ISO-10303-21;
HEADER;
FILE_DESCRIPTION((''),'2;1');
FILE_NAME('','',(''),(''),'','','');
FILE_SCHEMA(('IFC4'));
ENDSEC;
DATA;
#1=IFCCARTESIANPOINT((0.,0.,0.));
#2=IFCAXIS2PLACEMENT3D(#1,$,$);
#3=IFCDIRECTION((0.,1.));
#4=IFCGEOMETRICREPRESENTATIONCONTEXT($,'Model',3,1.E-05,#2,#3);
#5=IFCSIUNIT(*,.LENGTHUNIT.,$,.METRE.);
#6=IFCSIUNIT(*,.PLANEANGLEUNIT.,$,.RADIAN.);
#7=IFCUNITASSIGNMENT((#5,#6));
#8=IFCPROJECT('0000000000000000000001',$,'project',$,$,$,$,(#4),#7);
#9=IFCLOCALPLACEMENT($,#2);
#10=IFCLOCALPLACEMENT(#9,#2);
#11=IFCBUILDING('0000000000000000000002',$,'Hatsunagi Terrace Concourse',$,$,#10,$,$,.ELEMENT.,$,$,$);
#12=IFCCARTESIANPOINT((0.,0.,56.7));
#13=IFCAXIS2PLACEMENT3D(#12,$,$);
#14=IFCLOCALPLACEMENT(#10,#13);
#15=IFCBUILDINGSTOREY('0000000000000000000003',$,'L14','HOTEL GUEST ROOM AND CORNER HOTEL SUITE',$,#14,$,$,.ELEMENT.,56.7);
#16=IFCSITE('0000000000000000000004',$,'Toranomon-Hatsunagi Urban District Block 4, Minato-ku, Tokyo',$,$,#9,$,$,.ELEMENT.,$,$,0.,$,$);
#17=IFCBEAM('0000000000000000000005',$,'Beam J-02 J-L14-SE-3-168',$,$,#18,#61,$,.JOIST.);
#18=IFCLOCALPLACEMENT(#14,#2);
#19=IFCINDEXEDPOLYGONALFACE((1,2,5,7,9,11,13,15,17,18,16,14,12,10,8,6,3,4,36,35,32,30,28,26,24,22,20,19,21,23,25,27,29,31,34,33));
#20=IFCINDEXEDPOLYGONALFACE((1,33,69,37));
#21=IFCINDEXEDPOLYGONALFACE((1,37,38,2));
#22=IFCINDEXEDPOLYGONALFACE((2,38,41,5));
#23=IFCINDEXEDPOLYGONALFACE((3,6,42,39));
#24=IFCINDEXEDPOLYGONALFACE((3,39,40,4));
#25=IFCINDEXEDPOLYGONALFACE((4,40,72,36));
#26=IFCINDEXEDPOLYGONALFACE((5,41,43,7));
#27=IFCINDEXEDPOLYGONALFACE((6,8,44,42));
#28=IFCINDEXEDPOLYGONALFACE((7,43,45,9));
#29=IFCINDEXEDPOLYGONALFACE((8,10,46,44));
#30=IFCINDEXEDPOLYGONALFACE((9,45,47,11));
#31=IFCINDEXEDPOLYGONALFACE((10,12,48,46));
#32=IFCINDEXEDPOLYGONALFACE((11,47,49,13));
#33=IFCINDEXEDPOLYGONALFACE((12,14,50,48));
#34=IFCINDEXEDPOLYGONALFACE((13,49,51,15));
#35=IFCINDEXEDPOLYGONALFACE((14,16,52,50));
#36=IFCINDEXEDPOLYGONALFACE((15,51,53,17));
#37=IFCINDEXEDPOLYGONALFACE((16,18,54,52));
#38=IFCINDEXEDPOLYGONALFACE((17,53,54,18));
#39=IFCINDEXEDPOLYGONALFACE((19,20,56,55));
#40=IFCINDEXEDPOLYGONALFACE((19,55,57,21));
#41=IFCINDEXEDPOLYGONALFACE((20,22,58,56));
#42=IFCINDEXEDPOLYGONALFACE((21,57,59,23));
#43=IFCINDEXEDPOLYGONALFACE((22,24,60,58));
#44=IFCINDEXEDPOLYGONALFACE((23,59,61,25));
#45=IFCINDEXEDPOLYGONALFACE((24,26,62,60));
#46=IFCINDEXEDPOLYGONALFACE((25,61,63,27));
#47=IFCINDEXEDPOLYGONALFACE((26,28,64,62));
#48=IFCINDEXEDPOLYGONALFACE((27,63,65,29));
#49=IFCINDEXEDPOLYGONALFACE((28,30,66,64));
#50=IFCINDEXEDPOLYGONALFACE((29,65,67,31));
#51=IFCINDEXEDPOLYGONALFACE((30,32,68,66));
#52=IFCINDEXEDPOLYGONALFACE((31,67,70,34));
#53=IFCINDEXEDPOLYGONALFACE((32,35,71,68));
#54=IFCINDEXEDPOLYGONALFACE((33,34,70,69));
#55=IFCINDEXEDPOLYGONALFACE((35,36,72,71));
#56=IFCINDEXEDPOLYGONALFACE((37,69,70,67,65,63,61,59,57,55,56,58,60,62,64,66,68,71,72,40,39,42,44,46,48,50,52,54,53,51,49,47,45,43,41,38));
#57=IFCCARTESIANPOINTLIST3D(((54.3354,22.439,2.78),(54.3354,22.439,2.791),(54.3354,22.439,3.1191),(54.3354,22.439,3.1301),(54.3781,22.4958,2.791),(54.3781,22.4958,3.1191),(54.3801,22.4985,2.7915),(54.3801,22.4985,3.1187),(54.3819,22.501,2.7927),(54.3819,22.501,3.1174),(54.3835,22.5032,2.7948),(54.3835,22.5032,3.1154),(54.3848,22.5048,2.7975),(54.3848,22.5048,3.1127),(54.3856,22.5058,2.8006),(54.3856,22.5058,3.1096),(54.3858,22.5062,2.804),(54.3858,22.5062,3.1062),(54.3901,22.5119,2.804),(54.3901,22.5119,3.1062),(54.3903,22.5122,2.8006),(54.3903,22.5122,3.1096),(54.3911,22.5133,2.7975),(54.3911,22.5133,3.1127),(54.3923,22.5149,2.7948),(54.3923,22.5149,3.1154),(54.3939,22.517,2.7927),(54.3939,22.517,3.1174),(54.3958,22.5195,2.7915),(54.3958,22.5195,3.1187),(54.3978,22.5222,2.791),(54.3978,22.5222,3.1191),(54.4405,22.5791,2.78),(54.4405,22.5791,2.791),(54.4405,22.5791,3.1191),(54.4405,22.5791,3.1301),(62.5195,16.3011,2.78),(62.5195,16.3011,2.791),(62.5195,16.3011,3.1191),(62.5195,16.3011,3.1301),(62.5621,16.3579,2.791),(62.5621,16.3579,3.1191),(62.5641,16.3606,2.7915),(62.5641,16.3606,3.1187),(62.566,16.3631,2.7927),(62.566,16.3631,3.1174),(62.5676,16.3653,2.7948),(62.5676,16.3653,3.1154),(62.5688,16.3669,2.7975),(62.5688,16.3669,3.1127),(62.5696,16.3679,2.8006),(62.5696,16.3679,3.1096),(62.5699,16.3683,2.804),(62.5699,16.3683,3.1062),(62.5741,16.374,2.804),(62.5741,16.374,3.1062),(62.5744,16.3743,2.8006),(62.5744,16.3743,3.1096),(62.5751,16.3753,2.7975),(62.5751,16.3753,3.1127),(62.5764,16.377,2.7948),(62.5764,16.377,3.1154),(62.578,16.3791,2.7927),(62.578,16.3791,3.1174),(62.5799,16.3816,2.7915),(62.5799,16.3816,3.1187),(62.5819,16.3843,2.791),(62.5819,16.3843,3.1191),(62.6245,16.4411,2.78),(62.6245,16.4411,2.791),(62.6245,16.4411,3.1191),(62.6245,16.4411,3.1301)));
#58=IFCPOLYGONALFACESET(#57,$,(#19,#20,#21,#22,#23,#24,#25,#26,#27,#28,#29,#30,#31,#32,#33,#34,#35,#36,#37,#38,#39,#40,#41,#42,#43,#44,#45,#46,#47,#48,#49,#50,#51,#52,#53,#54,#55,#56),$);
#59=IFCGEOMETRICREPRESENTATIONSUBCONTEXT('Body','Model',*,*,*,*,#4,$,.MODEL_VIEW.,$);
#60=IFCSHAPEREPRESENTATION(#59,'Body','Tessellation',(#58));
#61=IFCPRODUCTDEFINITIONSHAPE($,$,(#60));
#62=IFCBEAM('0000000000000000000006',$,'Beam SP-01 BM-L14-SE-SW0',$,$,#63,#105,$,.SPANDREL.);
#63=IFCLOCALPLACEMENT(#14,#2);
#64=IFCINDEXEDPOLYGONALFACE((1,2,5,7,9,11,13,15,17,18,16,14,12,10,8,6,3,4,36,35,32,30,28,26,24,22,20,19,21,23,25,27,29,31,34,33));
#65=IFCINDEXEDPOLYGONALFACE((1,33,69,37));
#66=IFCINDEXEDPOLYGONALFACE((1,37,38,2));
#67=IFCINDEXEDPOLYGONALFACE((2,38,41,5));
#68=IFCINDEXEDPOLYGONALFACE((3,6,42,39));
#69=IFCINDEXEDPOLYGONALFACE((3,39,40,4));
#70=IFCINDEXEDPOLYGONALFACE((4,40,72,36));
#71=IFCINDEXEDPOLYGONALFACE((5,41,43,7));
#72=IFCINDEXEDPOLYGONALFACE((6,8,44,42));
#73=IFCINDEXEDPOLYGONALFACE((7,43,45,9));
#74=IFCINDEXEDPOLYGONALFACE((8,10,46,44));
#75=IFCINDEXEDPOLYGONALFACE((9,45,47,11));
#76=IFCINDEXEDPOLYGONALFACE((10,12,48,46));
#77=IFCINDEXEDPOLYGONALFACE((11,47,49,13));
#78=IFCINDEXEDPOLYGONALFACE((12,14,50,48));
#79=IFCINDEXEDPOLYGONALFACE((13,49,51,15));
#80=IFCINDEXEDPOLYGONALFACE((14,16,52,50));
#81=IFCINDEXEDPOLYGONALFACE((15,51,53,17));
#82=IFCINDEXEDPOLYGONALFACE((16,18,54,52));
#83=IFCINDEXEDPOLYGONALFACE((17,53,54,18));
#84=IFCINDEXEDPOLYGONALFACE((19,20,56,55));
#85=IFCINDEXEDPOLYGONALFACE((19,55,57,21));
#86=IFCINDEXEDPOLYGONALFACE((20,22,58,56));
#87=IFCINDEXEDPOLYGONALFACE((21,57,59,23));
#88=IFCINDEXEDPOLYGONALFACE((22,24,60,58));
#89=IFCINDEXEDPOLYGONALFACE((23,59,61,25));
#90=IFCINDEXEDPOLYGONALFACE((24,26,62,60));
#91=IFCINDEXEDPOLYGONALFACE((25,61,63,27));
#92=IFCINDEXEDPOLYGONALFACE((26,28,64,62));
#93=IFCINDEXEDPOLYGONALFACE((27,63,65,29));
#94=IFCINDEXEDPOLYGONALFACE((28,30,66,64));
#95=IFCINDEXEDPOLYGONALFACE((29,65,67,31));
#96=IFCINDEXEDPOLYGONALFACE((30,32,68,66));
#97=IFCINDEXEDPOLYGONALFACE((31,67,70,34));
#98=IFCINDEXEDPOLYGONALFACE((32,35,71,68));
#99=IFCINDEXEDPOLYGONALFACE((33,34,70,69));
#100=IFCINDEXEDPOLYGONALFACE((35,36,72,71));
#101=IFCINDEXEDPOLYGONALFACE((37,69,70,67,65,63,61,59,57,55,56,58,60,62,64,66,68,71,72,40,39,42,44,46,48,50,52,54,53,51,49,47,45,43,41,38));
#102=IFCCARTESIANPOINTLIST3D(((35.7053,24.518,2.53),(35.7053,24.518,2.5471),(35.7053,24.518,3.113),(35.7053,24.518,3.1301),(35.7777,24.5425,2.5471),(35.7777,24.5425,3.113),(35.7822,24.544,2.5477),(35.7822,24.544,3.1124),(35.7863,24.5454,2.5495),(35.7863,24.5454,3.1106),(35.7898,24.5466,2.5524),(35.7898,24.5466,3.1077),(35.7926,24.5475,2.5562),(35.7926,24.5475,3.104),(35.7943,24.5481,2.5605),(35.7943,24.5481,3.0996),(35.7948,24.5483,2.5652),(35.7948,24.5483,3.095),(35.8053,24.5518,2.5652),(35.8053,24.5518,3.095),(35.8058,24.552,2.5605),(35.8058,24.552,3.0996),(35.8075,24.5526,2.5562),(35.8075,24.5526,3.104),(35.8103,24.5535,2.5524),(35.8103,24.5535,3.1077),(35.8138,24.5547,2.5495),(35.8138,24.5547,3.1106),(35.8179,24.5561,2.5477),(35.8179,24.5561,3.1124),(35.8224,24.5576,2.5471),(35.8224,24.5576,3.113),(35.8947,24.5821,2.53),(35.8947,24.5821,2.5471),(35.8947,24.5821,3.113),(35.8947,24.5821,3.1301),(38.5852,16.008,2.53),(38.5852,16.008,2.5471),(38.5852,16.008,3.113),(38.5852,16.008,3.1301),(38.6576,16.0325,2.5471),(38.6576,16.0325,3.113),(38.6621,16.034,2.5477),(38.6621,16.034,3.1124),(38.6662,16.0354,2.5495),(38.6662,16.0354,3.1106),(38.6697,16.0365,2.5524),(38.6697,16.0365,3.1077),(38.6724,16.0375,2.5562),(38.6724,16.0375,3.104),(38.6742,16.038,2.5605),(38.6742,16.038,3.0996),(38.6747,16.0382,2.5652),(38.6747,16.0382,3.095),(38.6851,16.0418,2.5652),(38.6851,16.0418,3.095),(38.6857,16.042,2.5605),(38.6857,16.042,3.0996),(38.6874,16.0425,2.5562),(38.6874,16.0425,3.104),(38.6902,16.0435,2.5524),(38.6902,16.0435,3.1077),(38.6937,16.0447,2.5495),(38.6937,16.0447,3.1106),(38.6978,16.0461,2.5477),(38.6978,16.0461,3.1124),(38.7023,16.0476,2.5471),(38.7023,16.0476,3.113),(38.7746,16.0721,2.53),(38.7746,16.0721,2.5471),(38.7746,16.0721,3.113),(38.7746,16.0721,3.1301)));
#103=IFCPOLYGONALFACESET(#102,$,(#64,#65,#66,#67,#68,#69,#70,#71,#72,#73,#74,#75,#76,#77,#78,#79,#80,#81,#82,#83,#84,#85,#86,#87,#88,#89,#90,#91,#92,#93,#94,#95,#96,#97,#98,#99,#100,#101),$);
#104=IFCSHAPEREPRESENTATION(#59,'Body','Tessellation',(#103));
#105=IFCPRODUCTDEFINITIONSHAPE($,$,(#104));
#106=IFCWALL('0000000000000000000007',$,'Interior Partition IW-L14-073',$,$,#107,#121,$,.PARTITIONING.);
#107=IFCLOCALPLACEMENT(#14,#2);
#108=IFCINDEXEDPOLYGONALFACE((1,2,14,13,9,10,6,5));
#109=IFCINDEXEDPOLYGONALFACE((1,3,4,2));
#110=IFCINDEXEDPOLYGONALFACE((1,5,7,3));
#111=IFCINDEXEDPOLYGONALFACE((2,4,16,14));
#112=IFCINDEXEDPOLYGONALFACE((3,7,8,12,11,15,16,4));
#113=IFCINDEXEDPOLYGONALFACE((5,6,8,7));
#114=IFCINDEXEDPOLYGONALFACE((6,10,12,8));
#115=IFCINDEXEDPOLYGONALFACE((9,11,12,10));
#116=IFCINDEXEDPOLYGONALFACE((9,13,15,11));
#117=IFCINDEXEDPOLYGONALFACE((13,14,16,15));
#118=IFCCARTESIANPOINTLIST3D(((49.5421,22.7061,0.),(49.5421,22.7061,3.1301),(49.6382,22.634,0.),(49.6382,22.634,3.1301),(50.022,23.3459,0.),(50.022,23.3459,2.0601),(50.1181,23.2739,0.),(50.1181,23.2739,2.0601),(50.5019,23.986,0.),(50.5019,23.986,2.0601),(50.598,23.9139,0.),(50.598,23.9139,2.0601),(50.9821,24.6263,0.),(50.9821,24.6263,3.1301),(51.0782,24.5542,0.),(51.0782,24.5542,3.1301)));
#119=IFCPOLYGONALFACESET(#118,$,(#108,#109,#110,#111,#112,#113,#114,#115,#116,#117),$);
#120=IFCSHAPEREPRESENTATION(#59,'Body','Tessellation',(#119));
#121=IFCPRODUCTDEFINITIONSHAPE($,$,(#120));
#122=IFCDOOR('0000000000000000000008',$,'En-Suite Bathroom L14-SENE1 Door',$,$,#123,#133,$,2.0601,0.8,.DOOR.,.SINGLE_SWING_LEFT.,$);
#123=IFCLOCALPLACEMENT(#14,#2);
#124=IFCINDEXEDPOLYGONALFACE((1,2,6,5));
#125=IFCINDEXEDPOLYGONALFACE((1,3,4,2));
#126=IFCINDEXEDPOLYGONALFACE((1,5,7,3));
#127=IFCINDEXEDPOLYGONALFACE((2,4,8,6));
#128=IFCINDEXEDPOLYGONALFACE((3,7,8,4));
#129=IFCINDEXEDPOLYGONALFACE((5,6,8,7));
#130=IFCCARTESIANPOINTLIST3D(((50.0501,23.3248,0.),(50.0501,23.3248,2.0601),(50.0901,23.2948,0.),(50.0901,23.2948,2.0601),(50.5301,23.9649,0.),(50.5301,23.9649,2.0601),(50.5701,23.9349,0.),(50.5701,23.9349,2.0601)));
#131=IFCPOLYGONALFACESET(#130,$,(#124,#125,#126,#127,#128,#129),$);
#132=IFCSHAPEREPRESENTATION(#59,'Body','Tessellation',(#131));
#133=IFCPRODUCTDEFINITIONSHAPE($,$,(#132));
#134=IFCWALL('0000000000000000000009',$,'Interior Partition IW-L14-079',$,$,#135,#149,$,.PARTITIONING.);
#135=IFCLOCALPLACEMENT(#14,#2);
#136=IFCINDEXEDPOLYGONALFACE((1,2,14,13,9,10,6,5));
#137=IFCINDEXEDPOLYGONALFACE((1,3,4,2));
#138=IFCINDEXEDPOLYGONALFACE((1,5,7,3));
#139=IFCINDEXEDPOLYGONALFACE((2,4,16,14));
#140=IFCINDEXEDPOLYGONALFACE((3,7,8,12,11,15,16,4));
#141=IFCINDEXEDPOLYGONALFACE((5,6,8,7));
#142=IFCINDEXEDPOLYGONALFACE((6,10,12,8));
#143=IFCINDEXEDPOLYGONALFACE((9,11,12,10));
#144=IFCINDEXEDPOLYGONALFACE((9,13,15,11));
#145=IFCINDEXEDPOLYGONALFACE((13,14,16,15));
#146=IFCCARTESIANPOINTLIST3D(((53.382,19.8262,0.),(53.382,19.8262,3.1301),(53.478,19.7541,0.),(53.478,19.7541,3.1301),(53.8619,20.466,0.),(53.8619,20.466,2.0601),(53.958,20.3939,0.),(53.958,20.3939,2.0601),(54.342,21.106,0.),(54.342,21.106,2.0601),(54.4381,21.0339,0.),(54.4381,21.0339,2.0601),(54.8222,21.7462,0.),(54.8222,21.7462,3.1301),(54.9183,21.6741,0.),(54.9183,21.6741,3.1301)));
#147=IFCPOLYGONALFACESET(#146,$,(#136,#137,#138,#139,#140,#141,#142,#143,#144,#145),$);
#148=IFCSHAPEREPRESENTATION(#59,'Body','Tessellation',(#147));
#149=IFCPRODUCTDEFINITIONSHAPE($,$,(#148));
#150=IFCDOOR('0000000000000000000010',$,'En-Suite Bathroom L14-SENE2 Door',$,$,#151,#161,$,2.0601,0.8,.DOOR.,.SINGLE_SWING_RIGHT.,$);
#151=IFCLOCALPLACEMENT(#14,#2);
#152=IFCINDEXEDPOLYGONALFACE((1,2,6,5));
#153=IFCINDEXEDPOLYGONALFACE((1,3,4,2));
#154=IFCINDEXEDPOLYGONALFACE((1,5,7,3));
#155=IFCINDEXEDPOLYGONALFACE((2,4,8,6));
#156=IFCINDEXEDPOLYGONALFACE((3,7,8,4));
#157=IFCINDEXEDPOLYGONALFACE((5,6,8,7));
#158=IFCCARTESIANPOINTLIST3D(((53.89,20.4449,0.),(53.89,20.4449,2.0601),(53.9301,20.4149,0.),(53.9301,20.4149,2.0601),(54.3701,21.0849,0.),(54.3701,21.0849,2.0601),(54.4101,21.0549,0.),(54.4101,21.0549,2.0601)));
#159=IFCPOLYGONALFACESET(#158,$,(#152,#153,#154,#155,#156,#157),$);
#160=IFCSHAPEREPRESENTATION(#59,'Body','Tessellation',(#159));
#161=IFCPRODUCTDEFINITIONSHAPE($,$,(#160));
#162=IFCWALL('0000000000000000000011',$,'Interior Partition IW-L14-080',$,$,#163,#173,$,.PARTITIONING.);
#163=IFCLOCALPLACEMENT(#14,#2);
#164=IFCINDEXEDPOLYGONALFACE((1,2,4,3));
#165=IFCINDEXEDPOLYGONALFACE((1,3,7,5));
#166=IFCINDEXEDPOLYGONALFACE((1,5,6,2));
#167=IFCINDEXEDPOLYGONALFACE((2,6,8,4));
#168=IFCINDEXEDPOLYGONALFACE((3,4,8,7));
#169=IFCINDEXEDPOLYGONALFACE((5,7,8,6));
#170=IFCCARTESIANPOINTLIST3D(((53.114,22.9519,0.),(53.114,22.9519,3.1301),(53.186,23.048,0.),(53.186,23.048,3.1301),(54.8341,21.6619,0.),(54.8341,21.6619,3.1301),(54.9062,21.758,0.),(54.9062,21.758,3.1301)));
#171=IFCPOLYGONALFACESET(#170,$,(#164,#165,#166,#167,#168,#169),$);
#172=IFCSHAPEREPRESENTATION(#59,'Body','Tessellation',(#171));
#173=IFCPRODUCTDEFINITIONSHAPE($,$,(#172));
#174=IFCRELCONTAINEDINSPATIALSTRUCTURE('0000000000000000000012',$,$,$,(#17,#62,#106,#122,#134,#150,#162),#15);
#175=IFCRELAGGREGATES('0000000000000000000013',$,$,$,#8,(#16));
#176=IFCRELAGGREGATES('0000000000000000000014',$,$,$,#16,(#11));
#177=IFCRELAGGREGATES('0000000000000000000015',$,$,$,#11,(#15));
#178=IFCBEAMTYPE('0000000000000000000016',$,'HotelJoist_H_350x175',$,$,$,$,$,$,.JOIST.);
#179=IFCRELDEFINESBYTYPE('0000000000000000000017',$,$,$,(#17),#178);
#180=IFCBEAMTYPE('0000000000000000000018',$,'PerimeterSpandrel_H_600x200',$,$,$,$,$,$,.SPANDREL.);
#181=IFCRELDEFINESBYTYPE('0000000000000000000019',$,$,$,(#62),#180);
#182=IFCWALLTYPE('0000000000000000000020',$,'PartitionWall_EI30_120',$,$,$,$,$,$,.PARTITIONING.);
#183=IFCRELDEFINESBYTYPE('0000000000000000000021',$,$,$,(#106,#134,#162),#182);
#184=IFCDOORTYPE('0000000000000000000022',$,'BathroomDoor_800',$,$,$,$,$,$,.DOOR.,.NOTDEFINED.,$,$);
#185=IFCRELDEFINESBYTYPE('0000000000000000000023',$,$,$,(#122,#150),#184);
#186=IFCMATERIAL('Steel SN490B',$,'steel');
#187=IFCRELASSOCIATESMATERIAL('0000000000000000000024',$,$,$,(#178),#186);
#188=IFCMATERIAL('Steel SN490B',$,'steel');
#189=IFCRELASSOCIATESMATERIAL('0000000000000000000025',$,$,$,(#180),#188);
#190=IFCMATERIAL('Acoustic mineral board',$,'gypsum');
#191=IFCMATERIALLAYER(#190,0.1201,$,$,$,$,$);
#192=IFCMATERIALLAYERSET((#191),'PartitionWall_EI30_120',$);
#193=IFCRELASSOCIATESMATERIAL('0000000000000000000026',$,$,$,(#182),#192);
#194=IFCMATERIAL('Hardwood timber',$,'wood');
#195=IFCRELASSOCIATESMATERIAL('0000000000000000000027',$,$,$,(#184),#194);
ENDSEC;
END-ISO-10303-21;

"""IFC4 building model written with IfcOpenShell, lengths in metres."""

from ifc_helpers import new_model, si_unit, direction, frame, frame_2d, origin, origin_2d, place, context, subcontext, project, spatial, rectangle, i_section, extrude, material, layer, layer_set, material_profile, profile_set, type_object, element, fill, save


model = new_model("IFC4")

# Units and contexts
model_context = context("Model", 3, precision=1e-05, world=origin(), true_north=direction((0.0, 1.0)))
body_context = subcontext(model_context, "Body", "Model", "MODEL_VIEW")
ifc_project = project(units=[si_unit("LENGTHUNIT", "METRE"), si_unit("PLANEANGLEUNIT", "RADIAN")], contexts=[model_context])

# Site, building, storey
site_placement = place(None, origin())
site = spatial("IfcSite", under=ifc_project, at=site_placement, Name="Toranomon-Hatsunagi Urban District Block 4, Minato-ku, Tokyo", CompositionType="ELEMENT", RefElevation=0.0)
building_placement = place(site_placement, origin())
building = spatial("IfcBuilding", under=site, at=building_placement, Name="Hatsunagi Terrace Concourse", CompositionType="ELEMENT")
storey_placement = place(building_placement, frame((0.0, 0.0, 56.7)))
storey = spatial("IfcBuildingStorey", under=building, at=storey_placement, Name="L14", Description="HOTEL GUEST ROOM AND CORNER HOTEL SUITE", CompositionType="ELEMENT", Elevation=56.7)

# Beams
ifc_material_1 = material(Name="Steel SN490B", Category="steel")
ifc_material_profile_1 = material_profile(ifc_material_1, i_section(OverallWidth=0.175, OverallDepth=0.3501, WebThickness=0.0071, FlangeThickness=0.011, FilletRadius=0.0129, at=origin_2d()), Name="H-350x175x7x11")
ifc_profile_set_1 = profile_set([ifc_material_profile_1], Name="Steel SN490B")
beam_type_1 = type_object("IfcBeamType", Name="HotelJoist_H_350x175", PredefinedType="JOIST", material=ifc_profile_set_1)
for number, where, z_axis, x_axis, name in (
    (1, (54.3879, 22.509, 2.9551), (0.800006, -0.599992, 0.0), (0.599992, 0.800006, 0.0), "Beam J-02 J-L14-SE-3-168"),
):
    element("IfcBeam", number, at=place(storey_placement, frame(where, z_axis=z_axis, x_axis=x_axis)), inside=storey, type_object=beam_type_1, Name=name, PredefinedType="JOIST", context=body_context, shape_type="SweptSolid", body=[
        extrude(i_section(OverallWidth=0.175, OverallDepth=0.3501, WebThickness=0.0071, FlangeThickness=0.011, FilletRadius=0.0129, at=origin_2d()), origin(), (0.0, 0.0, 1.0), 10.23),
    ])
ifc_material_2 = material(Name="Steel SN490B", Category="steel")
ifc_material_profile_2 = material_profile(ifc_material_2, i_section(OverallWidth=0.2, OverallDepth=0.6001, WebThickness=0.011, FlangeThickness=0.0171, FilletRadius=0.0181, at=origin_2d()), Name="H-600x200x11x17")
ifc_profile_set_2 = profile_set([ifc_material_profile_2], Name="Steel SN490B")
beam_type_2 = type_object("IfcBeamType", Name="PerimeterSpandrel_H_600x200", PredefinedType="SPANDREL", material=ifc_profile_set_2)
beam_1_placement = place(storey_placement, frame((35.8, 24.55, 2.8301), z_axis=(0.320553, -0.94723, 0.0), x_axis=(0.94723, 0.320553, 0.0)))
element("IfcBeam", 2, at=beam_1_placement, inside=storey, type_object=beam_type_2, Name="Beam SP-01 BM-L14-SE-SW0", PredefinedType="SPANDREL", context=body_context, shape_type="SweptSolid", body=[
    extrude(i_section(OverallWidth=0.2, OverallDepth=0.6001, WebThickness=0.011, FlangeThickness=0.0171, FilletRadius=0.0181, at=origin_2d()), origin(), (0.0, 0.0, 1.0), 8.9841),
])

# Walls, openings, doors
ifc_material_3 = material(Name="Acoustic mineral board", Category="gypsum")
ifc_layer_1 = layer(ifc_material_3, 0.1201)
ifc_layer_set_1 = layer_set([ifc_layer_1], Name="PartitionWall_EI30_120")
wall_type_1 = type_object("IfcWallType", Name="PartitionWall_EI30_120", PredefinedType="PARTITIONING", material=ifc_layer_set_1)
wall_1_placement = place(storey_placement, frame((49.5901, 22.6699, 0.0), z_axis=(0.0, 0.0, 1.0), x_axis=(0.599951, 0.800037, 0.0)))
wall_1 = element("IfcWall", 3, at=wall_1_placement, inside=storey, type_object=wall_type_1, Name="Interior Partition IW-L14-073", PredefinedType="PARTITIONING", context=body_context, shape_type="SweptSolid", body=[
    extrude(rectangle(XDim=2.4001, YDim=0.1201, at=frame_2d((1.2002, 0.0))), origin(), (0.0, 0.0, 1.0), 3.1301),
])
opening_1_placement = place(wall_1_placement, frame((0.8, 0.0, 0.0)))
opening_1 = element("IfcOpeningElement", 4, at=opening_1_placement, cuts=wall_1, PredefinedType="OPENING", context=body_context, shape_type="SweptSolid", body=[
    extrude(rectangle(XDim=0.8, YDim=2.0601, at=frame_2d((0.3999, 1.03))), frame((0.0, 0.0701, 0.0), z_axis=(0.0, -1.0, 0.0), x_axis=(1.0, 0.0, 0.0)), (0.0, 0.0, 1.0), 0.1401),
])
ifc_material_4 = material(Name="Hardwood timber", Category="wood")
door_type_1 = type_object("IfcDoorType", Name="BathroomDoor_800", OperationType="NOTDEFINED", PredefinedType="DOOR", material=ifc_material_4)
door_1_placement = place(opening_1_placement, origin())
door_1 = element("IfcDoor", 5, at=door_1_placement, inside=storey, type_object=door_type_1, Name="En-Suite Bathroom L14-SENE1 Door", OperationType="SINGLE_SWING_LEFT", OverallHeight=2.0601, OverallWidth=0.8, PredefinedType="DOOR", context=body_context, shape_type="SweptSolid", body=[
    extrude(rectangle(XDim=0.8, YDim=2.0601, at=frame_2d((0.3999, 1.03))), frame((0.0, 0.0249, 0.0), z_axis=(0.0, -1.0, 0.0), x_axis=(1.0, 0.0, 0.0)), (0.0, 0.0, 1.0), 0.05),
])
fill(opening_1, door_1)
wall_2_placement = place(storey_placement, frame((53.4299, 19.79, 0.0), z_axis=(0.0, 0.0, 1.0), x_axis=(0.600065, 0.799951, 0.0)))
wall_2 = element("IfcWall", 6, at=wall_2_placement, inside=storey, type_object=wall_type_1, Name="Interior Partition IW-L14-079", PredefinedType="PARTITIONING", context=body_context, shape_type="SweptSolid", body=[
    extrude(rectangle(XDim=2.4001, YDim=0.1201, at=frame_2d((1.2002, 0.0))), origin(), (0.0, 0.0, 1.0), 3.1301),
])
opening_2_placement = place(wall_2_placement, frame((0.8, 0.0, 0.0)))
opening_2 = element("IfcOpeningElement", 7, at=opening_2_placement, cuts=wall_2, PredefinedType="OPENING", context=body_context, shape_type="SweptSolid", body=[
    extrude(rectangle(XDim=0.8, YDim=2.0601, at=frame_2d((0.3999, 1.03))), frame((0.0, 0.0701, 0.0), z_axis=(0.0, -1.0, 0.0), x_axis=(1.0, 0.0, 0.0)), (0.0, 0.0, 1.0), 0.1401),
])
door_2_placement = place(opening_2_placement, origin())
door_2 = element("IfcDoor", 8, at=door_2_placement, inside=storey, type_object=door_type_1, Name="En-Suite Bathroom L14-SENE2 Door", OperationType="SINGLE_SWING_RIGHT", OverallHeight=2.0601, OverallWidth=0.8, PredefinedType="DOOR", context=body_context, shape_type="SweptSolid", body=[
    extrude(rectangle(XDim=0.8, YDim=2.0601, at=frame_2d((0.3999, 1.03))), frame((0.0, 0.0249, 0.0), z_axis=(0.0, -1.0, 0.0), x_axis=(1.0, 0.0, 0.0)), (0.0, 0.0, 1.0), 0.05),
])
fill(opening_2, door_2)

# Wall
wall_3_placement = place(storey_placement, frame((53.1499, 23.0, 0.0), z_axis=(0.0, 0.0, 1.0), x_axis=(0.800027, -0.599964, 0.0)))
element("IfcWall", 9, at=wall_3_placement, inside=storey, type_object=wall_type_1, Name="Interior Partition IW-L14-080", PredefinedType="PARTITIONING", context=body_context, shape_type="SweptSolid", body=[
    extrude(rectangle(XDim=2.1501, YDim=0.1201, at=frame_2d((1.0752, 0.0))), origin(), (0.0, 0.0, 1.0), 3.1301),
])

save(model, "model.ifc")
